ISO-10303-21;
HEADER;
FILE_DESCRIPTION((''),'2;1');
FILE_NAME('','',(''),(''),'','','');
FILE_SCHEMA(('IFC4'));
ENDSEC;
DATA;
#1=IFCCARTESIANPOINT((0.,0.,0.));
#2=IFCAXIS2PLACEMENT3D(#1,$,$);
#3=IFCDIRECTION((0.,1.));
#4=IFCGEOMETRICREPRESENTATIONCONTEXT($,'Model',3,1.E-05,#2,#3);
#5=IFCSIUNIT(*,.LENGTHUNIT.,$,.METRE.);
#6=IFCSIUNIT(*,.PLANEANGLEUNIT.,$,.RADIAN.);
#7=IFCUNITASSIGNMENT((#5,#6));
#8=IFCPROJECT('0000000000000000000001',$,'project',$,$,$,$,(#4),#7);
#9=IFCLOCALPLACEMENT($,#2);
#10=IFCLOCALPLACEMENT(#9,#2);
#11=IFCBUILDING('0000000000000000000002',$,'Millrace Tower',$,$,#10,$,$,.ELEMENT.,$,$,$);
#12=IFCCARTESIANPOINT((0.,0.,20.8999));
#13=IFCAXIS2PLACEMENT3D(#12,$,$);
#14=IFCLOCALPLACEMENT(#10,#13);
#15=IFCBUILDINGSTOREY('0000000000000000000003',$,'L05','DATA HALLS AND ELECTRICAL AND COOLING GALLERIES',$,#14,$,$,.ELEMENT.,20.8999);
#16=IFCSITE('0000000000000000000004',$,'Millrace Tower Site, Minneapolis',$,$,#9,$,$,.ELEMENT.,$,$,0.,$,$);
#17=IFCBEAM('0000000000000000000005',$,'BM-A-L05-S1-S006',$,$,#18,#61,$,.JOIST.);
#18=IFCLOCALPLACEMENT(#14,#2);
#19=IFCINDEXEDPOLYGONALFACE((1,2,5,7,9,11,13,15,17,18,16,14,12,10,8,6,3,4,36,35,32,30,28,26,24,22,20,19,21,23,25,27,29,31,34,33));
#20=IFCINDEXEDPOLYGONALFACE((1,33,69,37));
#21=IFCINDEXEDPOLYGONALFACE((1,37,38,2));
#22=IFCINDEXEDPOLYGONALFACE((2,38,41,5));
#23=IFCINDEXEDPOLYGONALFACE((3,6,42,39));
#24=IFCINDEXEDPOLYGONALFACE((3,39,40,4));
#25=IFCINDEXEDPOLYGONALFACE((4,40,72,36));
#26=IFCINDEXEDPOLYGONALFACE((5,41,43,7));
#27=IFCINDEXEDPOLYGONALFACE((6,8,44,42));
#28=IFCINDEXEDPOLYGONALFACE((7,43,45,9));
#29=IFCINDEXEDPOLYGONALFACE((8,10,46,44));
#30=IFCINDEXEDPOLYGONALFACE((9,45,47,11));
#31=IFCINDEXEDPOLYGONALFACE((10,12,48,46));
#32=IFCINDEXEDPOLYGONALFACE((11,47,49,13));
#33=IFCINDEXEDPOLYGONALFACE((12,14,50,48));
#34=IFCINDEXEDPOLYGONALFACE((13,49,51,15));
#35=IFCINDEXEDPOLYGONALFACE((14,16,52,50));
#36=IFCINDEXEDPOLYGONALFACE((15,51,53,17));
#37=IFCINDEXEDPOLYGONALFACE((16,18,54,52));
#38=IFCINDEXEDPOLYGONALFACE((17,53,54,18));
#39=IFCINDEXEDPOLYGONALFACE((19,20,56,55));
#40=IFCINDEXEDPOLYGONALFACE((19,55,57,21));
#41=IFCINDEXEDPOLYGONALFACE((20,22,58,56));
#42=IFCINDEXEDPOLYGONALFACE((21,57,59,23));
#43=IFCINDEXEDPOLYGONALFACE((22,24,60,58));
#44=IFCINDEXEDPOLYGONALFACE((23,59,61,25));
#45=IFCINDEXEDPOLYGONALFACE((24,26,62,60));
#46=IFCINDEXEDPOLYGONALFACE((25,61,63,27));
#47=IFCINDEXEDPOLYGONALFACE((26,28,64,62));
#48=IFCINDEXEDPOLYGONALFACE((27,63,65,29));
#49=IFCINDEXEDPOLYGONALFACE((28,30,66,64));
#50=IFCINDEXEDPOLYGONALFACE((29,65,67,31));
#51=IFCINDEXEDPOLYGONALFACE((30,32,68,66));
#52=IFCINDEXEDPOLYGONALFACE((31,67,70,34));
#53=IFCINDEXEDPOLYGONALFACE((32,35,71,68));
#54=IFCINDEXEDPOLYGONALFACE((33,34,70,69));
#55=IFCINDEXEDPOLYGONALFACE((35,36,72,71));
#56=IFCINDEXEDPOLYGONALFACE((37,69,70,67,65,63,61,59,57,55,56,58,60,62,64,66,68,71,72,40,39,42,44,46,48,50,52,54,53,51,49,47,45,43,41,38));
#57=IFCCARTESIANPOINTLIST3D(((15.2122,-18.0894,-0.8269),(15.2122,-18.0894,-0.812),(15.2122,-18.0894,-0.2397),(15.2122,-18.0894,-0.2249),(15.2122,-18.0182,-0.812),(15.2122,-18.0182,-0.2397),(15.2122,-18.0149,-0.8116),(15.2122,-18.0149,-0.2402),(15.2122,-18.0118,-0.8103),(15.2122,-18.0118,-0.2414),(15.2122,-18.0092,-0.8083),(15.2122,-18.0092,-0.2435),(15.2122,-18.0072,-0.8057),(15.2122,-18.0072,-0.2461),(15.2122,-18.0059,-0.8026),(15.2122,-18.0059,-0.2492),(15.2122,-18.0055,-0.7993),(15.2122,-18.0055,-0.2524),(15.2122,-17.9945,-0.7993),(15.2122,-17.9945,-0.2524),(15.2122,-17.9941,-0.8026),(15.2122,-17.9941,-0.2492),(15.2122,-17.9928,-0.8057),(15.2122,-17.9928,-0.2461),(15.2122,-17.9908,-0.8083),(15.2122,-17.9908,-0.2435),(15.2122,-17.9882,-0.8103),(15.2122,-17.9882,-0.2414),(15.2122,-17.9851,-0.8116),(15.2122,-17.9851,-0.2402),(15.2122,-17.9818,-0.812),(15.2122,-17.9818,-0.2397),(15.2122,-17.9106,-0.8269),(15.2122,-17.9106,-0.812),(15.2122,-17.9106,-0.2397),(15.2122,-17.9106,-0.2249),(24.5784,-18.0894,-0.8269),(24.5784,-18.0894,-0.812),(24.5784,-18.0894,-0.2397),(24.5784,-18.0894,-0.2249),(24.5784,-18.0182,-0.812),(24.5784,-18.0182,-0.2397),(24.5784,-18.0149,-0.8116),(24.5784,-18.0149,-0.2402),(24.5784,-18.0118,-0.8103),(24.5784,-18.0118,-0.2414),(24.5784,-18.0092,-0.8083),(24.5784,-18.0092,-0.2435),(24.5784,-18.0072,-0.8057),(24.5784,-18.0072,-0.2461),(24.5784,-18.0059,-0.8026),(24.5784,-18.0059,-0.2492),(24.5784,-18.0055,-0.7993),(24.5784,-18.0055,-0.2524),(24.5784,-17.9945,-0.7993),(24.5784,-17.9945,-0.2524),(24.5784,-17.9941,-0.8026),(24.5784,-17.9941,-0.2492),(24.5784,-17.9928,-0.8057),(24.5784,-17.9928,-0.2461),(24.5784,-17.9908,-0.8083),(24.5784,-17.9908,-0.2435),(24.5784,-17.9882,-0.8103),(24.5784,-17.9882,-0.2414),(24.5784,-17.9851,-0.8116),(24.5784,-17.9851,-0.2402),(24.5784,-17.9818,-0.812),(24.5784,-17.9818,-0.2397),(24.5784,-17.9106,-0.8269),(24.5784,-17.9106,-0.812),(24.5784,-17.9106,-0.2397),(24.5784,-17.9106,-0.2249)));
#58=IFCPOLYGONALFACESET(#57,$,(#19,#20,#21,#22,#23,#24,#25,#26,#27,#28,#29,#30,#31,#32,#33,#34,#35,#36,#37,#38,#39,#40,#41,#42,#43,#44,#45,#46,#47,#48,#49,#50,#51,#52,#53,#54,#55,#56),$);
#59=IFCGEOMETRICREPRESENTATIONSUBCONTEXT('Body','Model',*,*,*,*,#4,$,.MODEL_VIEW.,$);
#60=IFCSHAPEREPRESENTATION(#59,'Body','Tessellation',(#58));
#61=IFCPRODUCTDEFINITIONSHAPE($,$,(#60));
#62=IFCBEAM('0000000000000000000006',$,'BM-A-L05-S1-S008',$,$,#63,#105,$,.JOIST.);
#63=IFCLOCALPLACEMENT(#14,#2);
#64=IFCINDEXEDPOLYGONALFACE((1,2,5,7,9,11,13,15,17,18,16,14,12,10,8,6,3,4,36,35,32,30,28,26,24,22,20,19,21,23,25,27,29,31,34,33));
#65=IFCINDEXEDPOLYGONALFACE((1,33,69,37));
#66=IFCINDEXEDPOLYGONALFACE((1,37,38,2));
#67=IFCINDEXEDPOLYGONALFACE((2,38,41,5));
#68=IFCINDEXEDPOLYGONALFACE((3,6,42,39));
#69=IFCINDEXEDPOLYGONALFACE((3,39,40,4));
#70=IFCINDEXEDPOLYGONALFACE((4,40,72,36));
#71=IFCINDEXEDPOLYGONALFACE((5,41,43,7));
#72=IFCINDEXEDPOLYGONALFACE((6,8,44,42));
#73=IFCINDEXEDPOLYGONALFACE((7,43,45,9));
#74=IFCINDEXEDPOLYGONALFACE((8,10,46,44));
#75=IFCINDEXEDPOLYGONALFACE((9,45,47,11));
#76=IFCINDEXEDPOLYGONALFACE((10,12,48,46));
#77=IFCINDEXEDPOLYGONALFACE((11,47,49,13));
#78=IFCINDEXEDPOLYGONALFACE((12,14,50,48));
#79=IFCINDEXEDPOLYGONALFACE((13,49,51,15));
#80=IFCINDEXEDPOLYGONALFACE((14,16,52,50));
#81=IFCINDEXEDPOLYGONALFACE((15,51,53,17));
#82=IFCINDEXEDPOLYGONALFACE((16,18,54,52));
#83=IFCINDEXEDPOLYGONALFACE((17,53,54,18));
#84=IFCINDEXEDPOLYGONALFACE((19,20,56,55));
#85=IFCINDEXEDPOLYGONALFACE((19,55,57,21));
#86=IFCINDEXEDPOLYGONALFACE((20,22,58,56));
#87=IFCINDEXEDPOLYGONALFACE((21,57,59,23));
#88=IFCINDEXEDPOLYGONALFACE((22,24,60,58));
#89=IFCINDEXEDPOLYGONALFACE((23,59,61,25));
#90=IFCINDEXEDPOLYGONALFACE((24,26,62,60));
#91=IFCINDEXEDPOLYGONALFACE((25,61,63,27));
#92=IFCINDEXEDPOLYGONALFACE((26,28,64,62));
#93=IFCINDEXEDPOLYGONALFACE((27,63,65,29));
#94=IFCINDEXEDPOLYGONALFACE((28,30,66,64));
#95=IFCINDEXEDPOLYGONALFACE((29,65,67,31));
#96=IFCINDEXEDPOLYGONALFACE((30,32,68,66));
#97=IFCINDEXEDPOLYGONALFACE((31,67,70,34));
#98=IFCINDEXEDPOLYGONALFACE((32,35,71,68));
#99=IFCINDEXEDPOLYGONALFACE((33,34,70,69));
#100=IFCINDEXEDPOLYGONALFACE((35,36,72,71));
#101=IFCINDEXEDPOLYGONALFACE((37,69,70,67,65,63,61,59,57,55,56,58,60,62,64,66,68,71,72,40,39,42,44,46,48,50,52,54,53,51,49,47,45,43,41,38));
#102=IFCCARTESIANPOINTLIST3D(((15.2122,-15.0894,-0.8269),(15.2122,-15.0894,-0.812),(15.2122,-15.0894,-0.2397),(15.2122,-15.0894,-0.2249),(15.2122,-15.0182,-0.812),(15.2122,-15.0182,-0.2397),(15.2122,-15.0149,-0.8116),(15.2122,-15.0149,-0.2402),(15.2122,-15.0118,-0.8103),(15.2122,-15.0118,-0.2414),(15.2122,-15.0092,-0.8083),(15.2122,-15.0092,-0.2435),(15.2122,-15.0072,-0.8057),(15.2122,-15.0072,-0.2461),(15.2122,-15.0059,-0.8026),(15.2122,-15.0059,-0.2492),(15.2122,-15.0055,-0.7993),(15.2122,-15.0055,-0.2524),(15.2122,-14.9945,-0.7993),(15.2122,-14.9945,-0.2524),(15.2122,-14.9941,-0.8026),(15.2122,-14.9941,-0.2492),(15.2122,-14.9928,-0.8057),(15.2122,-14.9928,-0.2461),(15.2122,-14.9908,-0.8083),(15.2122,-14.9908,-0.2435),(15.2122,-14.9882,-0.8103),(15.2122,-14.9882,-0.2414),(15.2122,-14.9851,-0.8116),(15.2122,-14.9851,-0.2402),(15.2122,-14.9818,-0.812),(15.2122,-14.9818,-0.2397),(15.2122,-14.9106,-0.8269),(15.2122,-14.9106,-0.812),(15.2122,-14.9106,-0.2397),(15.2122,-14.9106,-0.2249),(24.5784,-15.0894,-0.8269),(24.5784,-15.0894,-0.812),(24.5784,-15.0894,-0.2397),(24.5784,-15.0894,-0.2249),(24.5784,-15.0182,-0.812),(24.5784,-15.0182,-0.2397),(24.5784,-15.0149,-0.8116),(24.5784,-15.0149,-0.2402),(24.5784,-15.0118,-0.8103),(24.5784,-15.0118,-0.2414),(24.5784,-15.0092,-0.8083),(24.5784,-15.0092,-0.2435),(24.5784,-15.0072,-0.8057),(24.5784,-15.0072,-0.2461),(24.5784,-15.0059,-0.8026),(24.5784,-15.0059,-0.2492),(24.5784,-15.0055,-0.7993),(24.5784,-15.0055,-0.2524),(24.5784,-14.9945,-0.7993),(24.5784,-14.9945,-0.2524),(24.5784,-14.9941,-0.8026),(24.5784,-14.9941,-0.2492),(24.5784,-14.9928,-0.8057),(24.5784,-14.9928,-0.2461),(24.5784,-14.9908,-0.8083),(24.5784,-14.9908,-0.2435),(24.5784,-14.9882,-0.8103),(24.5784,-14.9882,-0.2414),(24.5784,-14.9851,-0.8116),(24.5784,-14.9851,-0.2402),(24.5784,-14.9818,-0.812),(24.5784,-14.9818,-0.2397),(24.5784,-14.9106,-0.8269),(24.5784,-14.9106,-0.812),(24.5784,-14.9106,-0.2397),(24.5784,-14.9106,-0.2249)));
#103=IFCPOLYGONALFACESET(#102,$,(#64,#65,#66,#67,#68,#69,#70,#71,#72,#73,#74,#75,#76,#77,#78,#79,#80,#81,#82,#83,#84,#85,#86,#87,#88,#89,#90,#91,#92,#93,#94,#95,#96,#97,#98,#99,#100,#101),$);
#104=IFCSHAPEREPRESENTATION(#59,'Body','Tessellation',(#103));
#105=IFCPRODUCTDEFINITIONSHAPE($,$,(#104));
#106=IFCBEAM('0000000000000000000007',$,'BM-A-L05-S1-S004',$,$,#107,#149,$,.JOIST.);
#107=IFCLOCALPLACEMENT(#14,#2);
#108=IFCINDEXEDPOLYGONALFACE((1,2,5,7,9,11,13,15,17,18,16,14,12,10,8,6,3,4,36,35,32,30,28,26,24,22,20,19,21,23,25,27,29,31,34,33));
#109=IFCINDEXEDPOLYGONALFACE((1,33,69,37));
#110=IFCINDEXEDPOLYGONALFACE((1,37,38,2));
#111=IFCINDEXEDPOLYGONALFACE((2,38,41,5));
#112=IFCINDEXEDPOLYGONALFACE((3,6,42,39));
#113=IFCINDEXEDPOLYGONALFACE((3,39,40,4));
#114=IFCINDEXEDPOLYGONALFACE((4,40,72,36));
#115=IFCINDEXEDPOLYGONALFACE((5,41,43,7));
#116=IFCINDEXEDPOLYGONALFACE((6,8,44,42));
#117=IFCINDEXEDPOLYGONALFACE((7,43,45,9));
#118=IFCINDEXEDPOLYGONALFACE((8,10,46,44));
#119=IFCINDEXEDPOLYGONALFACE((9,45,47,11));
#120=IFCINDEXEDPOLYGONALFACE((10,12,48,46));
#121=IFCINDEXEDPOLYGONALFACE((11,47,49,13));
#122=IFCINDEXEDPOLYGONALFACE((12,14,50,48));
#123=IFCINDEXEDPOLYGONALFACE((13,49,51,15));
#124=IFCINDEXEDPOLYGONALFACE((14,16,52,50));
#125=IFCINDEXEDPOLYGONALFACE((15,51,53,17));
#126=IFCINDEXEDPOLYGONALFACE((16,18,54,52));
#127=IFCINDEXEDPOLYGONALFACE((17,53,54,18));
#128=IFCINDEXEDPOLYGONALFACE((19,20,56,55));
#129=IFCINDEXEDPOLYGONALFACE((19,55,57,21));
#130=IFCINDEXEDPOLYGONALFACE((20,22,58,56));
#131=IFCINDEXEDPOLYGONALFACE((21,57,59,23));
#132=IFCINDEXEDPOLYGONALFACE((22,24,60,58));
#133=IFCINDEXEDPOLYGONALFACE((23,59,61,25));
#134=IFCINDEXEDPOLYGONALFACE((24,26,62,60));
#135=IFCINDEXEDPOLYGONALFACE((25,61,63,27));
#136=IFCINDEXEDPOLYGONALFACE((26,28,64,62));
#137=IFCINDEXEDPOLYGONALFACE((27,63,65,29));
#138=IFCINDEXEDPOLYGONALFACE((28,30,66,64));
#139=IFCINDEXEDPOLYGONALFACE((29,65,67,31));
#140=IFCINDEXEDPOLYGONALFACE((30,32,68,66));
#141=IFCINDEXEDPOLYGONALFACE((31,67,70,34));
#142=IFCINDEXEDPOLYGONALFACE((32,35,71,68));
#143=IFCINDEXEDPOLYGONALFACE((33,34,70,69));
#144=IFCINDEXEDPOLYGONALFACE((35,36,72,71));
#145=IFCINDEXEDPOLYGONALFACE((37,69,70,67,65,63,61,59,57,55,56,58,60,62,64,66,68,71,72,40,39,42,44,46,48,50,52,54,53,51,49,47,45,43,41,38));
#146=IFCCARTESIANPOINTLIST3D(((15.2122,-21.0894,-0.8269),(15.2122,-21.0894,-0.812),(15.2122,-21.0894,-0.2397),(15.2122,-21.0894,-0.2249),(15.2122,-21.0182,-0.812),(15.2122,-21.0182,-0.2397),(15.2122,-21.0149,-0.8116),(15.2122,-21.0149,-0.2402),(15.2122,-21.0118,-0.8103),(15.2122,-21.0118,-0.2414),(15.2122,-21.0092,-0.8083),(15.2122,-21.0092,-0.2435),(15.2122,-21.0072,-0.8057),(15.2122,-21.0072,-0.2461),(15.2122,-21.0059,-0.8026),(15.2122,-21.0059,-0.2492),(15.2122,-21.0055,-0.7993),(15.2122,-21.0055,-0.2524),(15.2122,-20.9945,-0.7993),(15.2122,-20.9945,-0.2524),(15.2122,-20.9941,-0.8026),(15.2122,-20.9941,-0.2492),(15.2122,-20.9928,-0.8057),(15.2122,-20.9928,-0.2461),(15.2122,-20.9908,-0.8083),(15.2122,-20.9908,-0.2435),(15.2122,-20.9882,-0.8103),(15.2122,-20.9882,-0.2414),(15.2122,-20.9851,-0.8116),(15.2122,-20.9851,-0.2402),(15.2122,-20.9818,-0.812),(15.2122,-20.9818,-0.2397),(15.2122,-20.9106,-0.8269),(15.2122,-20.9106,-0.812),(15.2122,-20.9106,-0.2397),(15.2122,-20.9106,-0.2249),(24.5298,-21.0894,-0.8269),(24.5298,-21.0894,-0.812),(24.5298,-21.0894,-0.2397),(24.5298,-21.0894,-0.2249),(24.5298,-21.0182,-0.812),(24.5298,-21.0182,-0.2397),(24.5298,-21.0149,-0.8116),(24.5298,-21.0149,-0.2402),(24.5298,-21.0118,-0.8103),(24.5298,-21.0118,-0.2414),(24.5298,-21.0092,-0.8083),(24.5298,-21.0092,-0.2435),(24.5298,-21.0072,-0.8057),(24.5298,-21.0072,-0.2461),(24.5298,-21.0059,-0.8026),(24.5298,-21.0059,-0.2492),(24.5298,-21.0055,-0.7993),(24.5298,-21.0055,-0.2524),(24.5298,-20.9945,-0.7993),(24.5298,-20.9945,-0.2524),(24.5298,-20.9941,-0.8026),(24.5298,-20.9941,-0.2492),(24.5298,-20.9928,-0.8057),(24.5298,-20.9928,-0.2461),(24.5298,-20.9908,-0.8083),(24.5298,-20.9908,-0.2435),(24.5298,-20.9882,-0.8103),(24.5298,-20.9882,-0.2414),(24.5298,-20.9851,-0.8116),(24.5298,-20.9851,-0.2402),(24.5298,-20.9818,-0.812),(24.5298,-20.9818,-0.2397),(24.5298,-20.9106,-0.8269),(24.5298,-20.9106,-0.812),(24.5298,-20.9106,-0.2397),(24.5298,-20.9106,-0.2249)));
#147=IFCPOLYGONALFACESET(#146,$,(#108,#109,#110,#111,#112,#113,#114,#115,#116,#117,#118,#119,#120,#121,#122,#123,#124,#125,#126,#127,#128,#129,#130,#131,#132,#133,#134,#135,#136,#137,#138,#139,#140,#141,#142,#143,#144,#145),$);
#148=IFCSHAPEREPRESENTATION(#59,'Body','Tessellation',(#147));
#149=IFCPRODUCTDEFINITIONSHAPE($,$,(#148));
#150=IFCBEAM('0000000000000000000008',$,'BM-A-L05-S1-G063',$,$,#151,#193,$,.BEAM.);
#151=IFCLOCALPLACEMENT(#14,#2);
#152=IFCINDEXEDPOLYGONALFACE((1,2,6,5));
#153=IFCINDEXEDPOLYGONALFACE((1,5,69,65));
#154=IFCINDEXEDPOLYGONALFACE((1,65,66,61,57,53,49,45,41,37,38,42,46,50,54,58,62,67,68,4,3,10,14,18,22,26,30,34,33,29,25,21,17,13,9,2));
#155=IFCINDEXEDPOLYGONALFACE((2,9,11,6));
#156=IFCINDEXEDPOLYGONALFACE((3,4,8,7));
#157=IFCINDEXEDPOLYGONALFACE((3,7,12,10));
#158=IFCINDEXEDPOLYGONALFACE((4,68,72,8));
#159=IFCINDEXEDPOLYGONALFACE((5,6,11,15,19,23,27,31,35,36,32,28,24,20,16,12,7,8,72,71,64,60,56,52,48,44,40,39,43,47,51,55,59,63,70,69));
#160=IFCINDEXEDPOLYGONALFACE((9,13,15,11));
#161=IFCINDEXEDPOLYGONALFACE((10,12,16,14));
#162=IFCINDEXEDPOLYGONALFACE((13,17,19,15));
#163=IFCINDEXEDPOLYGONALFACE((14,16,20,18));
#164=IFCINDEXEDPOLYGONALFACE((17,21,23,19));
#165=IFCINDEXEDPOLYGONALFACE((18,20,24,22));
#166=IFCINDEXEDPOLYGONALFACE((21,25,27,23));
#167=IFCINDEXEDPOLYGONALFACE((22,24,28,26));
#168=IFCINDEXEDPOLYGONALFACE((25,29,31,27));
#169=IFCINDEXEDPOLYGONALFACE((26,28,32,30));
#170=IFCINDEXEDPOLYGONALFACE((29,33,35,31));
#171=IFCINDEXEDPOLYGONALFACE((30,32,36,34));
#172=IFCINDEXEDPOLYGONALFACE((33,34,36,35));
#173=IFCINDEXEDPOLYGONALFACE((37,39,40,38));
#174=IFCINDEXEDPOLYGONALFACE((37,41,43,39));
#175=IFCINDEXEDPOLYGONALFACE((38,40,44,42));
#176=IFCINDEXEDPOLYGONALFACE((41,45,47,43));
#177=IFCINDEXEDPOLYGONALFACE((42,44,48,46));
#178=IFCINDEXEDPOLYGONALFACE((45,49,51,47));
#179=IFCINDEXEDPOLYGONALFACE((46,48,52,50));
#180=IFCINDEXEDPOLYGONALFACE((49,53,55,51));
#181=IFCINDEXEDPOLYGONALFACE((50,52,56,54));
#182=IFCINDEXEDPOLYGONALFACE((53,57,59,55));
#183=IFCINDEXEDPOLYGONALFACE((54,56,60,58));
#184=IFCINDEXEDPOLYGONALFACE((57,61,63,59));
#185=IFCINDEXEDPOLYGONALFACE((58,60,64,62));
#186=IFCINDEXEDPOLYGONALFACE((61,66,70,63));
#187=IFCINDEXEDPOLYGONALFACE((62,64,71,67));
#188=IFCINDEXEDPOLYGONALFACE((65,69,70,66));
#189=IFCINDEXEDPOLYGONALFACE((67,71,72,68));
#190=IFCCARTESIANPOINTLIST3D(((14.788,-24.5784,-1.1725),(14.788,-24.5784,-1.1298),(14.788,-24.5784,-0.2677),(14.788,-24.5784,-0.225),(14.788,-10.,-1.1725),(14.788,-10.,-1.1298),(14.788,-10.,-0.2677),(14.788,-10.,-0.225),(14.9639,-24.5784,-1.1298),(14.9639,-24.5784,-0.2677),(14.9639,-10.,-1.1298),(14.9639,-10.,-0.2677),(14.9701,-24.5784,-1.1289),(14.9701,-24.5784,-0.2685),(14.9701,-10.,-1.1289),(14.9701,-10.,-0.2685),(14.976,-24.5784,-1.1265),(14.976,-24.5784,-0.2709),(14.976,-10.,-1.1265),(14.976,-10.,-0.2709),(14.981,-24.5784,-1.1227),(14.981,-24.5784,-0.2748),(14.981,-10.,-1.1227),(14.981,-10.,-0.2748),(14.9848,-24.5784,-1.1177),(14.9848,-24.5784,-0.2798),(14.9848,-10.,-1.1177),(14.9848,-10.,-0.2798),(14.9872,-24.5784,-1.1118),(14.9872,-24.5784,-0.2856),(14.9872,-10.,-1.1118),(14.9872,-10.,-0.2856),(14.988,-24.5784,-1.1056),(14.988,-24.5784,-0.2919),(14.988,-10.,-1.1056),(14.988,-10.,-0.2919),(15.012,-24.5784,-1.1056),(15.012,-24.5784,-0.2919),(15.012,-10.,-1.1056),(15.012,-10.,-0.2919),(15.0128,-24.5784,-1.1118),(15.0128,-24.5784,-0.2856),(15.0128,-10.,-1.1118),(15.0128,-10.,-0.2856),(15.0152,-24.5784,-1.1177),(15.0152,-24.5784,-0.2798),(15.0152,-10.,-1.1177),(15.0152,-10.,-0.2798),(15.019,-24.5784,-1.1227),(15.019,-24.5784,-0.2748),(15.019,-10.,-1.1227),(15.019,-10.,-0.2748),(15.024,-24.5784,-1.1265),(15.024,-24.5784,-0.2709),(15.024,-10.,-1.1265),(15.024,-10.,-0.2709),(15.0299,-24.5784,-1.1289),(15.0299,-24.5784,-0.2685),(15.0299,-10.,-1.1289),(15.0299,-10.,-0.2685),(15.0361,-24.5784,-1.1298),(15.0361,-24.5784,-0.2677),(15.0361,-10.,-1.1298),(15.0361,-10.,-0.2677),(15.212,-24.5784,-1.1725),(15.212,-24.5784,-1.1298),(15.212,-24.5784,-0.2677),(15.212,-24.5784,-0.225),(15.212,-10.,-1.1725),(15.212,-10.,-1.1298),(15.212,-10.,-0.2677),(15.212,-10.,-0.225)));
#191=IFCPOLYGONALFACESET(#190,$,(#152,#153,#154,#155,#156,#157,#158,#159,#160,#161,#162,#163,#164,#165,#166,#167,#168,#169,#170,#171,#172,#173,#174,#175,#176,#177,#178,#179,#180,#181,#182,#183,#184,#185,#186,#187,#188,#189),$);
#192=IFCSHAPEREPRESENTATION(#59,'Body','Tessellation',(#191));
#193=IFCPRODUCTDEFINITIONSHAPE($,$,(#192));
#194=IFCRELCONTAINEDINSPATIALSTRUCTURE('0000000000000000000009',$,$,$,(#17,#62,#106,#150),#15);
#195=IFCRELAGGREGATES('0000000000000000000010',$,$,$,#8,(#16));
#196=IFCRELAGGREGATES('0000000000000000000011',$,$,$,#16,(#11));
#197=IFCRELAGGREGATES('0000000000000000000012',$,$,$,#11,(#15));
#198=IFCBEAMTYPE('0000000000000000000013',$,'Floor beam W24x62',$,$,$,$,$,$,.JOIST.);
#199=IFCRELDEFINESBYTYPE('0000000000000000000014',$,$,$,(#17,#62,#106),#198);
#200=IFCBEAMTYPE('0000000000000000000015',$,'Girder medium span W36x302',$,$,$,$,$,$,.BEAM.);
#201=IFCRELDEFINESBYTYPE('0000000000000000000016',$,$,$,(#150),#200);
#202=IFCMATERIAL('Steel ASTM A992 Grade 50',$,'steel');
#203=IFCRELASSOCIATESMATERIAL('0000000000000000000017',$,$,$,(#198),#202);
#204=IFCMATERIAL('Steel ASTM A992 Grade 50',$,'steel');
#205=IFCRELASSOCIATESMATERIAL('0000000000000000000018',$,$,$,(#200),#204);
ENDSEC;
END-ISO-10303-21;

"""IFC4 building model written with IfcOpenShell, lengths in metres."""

from ifc_helpers import new_model, si_unit, direction, frame, origin, origin_2d, place, context, subcontext, project, spatial, i_section, extrude, material, material_profile, profile_set, type_object, element, save


model = new_model("IFC4")

# Units and contexts
model_context = context("Model", 3, precision=1e-05, world=origin(), true_north=direction((0.0, 1.0)))
body_context = subcontext(model_context, "Body", "Model", "MODEL_VIEW")
ifc_project = project(units=[si_unit("LENGTHUNIT", "METRE"), si_unit("PLANEANGLEUNIT", "RADIAN")], contexts=[model_context])

# Site, building, storey
site_placement = place(None, origin())
site = spatial("IfcSite", under=ifc_project, at=site_placement, Name="Millrace Tower Site, Minneapolis", CompositionType="ELEMENT", RefElevation=0.0)
building_placement = place(site_placement, origin())
building = spatial("IfcBuilding", under=site, at=building_placement, Name="Millrace Tower", CompositionType="ELEMENT")
storey_placement = place(building_placement, frame((0.0, 0.0, 20.8999)))
storey = spatial("IfcBuildingStorey", under=building, at=storey_placement, Name="L05", Description="DATA HALLS AND ELECTRICAL AND COOLING GALLERIES", CompositionType="ELEMENT", Elevation=20.8999)

# Beams
ifc_material_1 = material(Name="Steel ASTM A992 Grade 50", Category="steel")
ifc_material_profile_1 = material_profile(ifc_material_1, i_section(OverallWidth=0.1787, OverallDepth=0.6021, WebThickness=0.011, FlangeThickness=0.0149, FilletRadius=0.0127, at=origin_2d()))
ifc_profile_set_1 = profile_set([ifc_material_profile_1], Name="Steel ASTM A992 Grade 50")
beam_type_1 = type_object("IfcBeamType", Name="Floor beam W24x62", PredefinedType="JOIST", material=ifc_profile_set_1)
for number, where, z_axis, x_axis, name in (
    (1, (15.2122, -18.0, -0.5259), (1.0, 0.0, 0.0), (0.0, 1.0, 0.0), "BM-A-L05-S1-S006"),
    (2, (15.2122, -15.0, -0.5259), (1.0, 0.0, 0.0), (0.0, 1.0, 0.0), "BM-A-L05-S1-S008"),
):
    element("IfcBeam", number, at=place(storey_placement, frame(where, z_axis=z_axis, x_axis=x_axis)), inside=storey, type_object=beam_type_1, Name=name, PredefinedType="JOIST", context=body_context, shape_type="SweptSolid", body=[
        extrude(i_section(OverallWidth=0.1787, OverallDepth=0.6021, WebThickness=0.011, FlangeThickness=0.0149, FilletRadius=0.0127, at=origin_2d()), origin(), (0.0, 0.0, 1.0), 9.3662),
    ])
beam_1_placement = place(storey_placement, frame((15.2122, -21.0, -0.5259), z_axis=(1.0, 0.0, 0.0), x_axis=(0.0, 1.0, 0.0)))
element("IfcBeam", 3, at=beam_1_placement, inside=storey, type_object=beam_type_1, Name="BM-A-L05-S1-S004", PredefinedType="JOIST", context=body_context, shape_type="SweptSolid", body=[
    extrude(i_section(OverallWidth=0.1787, OverallDepth=0.6021, WebThickness=0.011, FlangeThickness=0.0149, FilletRadius=0.0127, at=origin_2d()), origin(), (0.0, 0.0, 1.0), 9.3176),
])
ifc_material_2 = material(Name="Steel ASTM A992 Grade 50", Category="steel")
ifc_material_profile_2 = material_profile(ifc_material_2, i_section(OverallWidth=0.4241, OverallDepth=0.9475, WebThickness=0.0239, FlangeThickness=0.0427, FilletRadius=0.0242, at=origin_2d()))
ifc_profile_set_2 = profile_set([ifc_material_profile_2], Name="Steel ASTM A992 Grade 50")
beam_type_2 = type_object("IfcBeamType", Name="Girder medium span W36x302", PredefinedType="BEAM", material=ifc_profile_set_2)
beam_2_placement = place(storey_placement, frame((15.0, -24.5784, -0.6987), z_axis=(0.0, 1.0, 0.0), x_axis=(-1.0, 0.0, 0.0)))
element("IfcBeam", 4, at=beam_2_placement, inside=storey, type_object=beam_type_2, Name="BM-A-L05-S1-G063", PredefinedType="BEAM", context=body_context, shape_type="SweptSolid", body=[
    extrude(i_section(OverallWidth=0.4241, OverallDepth=0.9475, WebThickness=0.0239, FlangeThickness=0.0427, FilletRadius=0.0242, at=origin_2d()), origin(), (0.0, 0.0, 1.0), 14.5784),
])

save(model, "model.ifc")
